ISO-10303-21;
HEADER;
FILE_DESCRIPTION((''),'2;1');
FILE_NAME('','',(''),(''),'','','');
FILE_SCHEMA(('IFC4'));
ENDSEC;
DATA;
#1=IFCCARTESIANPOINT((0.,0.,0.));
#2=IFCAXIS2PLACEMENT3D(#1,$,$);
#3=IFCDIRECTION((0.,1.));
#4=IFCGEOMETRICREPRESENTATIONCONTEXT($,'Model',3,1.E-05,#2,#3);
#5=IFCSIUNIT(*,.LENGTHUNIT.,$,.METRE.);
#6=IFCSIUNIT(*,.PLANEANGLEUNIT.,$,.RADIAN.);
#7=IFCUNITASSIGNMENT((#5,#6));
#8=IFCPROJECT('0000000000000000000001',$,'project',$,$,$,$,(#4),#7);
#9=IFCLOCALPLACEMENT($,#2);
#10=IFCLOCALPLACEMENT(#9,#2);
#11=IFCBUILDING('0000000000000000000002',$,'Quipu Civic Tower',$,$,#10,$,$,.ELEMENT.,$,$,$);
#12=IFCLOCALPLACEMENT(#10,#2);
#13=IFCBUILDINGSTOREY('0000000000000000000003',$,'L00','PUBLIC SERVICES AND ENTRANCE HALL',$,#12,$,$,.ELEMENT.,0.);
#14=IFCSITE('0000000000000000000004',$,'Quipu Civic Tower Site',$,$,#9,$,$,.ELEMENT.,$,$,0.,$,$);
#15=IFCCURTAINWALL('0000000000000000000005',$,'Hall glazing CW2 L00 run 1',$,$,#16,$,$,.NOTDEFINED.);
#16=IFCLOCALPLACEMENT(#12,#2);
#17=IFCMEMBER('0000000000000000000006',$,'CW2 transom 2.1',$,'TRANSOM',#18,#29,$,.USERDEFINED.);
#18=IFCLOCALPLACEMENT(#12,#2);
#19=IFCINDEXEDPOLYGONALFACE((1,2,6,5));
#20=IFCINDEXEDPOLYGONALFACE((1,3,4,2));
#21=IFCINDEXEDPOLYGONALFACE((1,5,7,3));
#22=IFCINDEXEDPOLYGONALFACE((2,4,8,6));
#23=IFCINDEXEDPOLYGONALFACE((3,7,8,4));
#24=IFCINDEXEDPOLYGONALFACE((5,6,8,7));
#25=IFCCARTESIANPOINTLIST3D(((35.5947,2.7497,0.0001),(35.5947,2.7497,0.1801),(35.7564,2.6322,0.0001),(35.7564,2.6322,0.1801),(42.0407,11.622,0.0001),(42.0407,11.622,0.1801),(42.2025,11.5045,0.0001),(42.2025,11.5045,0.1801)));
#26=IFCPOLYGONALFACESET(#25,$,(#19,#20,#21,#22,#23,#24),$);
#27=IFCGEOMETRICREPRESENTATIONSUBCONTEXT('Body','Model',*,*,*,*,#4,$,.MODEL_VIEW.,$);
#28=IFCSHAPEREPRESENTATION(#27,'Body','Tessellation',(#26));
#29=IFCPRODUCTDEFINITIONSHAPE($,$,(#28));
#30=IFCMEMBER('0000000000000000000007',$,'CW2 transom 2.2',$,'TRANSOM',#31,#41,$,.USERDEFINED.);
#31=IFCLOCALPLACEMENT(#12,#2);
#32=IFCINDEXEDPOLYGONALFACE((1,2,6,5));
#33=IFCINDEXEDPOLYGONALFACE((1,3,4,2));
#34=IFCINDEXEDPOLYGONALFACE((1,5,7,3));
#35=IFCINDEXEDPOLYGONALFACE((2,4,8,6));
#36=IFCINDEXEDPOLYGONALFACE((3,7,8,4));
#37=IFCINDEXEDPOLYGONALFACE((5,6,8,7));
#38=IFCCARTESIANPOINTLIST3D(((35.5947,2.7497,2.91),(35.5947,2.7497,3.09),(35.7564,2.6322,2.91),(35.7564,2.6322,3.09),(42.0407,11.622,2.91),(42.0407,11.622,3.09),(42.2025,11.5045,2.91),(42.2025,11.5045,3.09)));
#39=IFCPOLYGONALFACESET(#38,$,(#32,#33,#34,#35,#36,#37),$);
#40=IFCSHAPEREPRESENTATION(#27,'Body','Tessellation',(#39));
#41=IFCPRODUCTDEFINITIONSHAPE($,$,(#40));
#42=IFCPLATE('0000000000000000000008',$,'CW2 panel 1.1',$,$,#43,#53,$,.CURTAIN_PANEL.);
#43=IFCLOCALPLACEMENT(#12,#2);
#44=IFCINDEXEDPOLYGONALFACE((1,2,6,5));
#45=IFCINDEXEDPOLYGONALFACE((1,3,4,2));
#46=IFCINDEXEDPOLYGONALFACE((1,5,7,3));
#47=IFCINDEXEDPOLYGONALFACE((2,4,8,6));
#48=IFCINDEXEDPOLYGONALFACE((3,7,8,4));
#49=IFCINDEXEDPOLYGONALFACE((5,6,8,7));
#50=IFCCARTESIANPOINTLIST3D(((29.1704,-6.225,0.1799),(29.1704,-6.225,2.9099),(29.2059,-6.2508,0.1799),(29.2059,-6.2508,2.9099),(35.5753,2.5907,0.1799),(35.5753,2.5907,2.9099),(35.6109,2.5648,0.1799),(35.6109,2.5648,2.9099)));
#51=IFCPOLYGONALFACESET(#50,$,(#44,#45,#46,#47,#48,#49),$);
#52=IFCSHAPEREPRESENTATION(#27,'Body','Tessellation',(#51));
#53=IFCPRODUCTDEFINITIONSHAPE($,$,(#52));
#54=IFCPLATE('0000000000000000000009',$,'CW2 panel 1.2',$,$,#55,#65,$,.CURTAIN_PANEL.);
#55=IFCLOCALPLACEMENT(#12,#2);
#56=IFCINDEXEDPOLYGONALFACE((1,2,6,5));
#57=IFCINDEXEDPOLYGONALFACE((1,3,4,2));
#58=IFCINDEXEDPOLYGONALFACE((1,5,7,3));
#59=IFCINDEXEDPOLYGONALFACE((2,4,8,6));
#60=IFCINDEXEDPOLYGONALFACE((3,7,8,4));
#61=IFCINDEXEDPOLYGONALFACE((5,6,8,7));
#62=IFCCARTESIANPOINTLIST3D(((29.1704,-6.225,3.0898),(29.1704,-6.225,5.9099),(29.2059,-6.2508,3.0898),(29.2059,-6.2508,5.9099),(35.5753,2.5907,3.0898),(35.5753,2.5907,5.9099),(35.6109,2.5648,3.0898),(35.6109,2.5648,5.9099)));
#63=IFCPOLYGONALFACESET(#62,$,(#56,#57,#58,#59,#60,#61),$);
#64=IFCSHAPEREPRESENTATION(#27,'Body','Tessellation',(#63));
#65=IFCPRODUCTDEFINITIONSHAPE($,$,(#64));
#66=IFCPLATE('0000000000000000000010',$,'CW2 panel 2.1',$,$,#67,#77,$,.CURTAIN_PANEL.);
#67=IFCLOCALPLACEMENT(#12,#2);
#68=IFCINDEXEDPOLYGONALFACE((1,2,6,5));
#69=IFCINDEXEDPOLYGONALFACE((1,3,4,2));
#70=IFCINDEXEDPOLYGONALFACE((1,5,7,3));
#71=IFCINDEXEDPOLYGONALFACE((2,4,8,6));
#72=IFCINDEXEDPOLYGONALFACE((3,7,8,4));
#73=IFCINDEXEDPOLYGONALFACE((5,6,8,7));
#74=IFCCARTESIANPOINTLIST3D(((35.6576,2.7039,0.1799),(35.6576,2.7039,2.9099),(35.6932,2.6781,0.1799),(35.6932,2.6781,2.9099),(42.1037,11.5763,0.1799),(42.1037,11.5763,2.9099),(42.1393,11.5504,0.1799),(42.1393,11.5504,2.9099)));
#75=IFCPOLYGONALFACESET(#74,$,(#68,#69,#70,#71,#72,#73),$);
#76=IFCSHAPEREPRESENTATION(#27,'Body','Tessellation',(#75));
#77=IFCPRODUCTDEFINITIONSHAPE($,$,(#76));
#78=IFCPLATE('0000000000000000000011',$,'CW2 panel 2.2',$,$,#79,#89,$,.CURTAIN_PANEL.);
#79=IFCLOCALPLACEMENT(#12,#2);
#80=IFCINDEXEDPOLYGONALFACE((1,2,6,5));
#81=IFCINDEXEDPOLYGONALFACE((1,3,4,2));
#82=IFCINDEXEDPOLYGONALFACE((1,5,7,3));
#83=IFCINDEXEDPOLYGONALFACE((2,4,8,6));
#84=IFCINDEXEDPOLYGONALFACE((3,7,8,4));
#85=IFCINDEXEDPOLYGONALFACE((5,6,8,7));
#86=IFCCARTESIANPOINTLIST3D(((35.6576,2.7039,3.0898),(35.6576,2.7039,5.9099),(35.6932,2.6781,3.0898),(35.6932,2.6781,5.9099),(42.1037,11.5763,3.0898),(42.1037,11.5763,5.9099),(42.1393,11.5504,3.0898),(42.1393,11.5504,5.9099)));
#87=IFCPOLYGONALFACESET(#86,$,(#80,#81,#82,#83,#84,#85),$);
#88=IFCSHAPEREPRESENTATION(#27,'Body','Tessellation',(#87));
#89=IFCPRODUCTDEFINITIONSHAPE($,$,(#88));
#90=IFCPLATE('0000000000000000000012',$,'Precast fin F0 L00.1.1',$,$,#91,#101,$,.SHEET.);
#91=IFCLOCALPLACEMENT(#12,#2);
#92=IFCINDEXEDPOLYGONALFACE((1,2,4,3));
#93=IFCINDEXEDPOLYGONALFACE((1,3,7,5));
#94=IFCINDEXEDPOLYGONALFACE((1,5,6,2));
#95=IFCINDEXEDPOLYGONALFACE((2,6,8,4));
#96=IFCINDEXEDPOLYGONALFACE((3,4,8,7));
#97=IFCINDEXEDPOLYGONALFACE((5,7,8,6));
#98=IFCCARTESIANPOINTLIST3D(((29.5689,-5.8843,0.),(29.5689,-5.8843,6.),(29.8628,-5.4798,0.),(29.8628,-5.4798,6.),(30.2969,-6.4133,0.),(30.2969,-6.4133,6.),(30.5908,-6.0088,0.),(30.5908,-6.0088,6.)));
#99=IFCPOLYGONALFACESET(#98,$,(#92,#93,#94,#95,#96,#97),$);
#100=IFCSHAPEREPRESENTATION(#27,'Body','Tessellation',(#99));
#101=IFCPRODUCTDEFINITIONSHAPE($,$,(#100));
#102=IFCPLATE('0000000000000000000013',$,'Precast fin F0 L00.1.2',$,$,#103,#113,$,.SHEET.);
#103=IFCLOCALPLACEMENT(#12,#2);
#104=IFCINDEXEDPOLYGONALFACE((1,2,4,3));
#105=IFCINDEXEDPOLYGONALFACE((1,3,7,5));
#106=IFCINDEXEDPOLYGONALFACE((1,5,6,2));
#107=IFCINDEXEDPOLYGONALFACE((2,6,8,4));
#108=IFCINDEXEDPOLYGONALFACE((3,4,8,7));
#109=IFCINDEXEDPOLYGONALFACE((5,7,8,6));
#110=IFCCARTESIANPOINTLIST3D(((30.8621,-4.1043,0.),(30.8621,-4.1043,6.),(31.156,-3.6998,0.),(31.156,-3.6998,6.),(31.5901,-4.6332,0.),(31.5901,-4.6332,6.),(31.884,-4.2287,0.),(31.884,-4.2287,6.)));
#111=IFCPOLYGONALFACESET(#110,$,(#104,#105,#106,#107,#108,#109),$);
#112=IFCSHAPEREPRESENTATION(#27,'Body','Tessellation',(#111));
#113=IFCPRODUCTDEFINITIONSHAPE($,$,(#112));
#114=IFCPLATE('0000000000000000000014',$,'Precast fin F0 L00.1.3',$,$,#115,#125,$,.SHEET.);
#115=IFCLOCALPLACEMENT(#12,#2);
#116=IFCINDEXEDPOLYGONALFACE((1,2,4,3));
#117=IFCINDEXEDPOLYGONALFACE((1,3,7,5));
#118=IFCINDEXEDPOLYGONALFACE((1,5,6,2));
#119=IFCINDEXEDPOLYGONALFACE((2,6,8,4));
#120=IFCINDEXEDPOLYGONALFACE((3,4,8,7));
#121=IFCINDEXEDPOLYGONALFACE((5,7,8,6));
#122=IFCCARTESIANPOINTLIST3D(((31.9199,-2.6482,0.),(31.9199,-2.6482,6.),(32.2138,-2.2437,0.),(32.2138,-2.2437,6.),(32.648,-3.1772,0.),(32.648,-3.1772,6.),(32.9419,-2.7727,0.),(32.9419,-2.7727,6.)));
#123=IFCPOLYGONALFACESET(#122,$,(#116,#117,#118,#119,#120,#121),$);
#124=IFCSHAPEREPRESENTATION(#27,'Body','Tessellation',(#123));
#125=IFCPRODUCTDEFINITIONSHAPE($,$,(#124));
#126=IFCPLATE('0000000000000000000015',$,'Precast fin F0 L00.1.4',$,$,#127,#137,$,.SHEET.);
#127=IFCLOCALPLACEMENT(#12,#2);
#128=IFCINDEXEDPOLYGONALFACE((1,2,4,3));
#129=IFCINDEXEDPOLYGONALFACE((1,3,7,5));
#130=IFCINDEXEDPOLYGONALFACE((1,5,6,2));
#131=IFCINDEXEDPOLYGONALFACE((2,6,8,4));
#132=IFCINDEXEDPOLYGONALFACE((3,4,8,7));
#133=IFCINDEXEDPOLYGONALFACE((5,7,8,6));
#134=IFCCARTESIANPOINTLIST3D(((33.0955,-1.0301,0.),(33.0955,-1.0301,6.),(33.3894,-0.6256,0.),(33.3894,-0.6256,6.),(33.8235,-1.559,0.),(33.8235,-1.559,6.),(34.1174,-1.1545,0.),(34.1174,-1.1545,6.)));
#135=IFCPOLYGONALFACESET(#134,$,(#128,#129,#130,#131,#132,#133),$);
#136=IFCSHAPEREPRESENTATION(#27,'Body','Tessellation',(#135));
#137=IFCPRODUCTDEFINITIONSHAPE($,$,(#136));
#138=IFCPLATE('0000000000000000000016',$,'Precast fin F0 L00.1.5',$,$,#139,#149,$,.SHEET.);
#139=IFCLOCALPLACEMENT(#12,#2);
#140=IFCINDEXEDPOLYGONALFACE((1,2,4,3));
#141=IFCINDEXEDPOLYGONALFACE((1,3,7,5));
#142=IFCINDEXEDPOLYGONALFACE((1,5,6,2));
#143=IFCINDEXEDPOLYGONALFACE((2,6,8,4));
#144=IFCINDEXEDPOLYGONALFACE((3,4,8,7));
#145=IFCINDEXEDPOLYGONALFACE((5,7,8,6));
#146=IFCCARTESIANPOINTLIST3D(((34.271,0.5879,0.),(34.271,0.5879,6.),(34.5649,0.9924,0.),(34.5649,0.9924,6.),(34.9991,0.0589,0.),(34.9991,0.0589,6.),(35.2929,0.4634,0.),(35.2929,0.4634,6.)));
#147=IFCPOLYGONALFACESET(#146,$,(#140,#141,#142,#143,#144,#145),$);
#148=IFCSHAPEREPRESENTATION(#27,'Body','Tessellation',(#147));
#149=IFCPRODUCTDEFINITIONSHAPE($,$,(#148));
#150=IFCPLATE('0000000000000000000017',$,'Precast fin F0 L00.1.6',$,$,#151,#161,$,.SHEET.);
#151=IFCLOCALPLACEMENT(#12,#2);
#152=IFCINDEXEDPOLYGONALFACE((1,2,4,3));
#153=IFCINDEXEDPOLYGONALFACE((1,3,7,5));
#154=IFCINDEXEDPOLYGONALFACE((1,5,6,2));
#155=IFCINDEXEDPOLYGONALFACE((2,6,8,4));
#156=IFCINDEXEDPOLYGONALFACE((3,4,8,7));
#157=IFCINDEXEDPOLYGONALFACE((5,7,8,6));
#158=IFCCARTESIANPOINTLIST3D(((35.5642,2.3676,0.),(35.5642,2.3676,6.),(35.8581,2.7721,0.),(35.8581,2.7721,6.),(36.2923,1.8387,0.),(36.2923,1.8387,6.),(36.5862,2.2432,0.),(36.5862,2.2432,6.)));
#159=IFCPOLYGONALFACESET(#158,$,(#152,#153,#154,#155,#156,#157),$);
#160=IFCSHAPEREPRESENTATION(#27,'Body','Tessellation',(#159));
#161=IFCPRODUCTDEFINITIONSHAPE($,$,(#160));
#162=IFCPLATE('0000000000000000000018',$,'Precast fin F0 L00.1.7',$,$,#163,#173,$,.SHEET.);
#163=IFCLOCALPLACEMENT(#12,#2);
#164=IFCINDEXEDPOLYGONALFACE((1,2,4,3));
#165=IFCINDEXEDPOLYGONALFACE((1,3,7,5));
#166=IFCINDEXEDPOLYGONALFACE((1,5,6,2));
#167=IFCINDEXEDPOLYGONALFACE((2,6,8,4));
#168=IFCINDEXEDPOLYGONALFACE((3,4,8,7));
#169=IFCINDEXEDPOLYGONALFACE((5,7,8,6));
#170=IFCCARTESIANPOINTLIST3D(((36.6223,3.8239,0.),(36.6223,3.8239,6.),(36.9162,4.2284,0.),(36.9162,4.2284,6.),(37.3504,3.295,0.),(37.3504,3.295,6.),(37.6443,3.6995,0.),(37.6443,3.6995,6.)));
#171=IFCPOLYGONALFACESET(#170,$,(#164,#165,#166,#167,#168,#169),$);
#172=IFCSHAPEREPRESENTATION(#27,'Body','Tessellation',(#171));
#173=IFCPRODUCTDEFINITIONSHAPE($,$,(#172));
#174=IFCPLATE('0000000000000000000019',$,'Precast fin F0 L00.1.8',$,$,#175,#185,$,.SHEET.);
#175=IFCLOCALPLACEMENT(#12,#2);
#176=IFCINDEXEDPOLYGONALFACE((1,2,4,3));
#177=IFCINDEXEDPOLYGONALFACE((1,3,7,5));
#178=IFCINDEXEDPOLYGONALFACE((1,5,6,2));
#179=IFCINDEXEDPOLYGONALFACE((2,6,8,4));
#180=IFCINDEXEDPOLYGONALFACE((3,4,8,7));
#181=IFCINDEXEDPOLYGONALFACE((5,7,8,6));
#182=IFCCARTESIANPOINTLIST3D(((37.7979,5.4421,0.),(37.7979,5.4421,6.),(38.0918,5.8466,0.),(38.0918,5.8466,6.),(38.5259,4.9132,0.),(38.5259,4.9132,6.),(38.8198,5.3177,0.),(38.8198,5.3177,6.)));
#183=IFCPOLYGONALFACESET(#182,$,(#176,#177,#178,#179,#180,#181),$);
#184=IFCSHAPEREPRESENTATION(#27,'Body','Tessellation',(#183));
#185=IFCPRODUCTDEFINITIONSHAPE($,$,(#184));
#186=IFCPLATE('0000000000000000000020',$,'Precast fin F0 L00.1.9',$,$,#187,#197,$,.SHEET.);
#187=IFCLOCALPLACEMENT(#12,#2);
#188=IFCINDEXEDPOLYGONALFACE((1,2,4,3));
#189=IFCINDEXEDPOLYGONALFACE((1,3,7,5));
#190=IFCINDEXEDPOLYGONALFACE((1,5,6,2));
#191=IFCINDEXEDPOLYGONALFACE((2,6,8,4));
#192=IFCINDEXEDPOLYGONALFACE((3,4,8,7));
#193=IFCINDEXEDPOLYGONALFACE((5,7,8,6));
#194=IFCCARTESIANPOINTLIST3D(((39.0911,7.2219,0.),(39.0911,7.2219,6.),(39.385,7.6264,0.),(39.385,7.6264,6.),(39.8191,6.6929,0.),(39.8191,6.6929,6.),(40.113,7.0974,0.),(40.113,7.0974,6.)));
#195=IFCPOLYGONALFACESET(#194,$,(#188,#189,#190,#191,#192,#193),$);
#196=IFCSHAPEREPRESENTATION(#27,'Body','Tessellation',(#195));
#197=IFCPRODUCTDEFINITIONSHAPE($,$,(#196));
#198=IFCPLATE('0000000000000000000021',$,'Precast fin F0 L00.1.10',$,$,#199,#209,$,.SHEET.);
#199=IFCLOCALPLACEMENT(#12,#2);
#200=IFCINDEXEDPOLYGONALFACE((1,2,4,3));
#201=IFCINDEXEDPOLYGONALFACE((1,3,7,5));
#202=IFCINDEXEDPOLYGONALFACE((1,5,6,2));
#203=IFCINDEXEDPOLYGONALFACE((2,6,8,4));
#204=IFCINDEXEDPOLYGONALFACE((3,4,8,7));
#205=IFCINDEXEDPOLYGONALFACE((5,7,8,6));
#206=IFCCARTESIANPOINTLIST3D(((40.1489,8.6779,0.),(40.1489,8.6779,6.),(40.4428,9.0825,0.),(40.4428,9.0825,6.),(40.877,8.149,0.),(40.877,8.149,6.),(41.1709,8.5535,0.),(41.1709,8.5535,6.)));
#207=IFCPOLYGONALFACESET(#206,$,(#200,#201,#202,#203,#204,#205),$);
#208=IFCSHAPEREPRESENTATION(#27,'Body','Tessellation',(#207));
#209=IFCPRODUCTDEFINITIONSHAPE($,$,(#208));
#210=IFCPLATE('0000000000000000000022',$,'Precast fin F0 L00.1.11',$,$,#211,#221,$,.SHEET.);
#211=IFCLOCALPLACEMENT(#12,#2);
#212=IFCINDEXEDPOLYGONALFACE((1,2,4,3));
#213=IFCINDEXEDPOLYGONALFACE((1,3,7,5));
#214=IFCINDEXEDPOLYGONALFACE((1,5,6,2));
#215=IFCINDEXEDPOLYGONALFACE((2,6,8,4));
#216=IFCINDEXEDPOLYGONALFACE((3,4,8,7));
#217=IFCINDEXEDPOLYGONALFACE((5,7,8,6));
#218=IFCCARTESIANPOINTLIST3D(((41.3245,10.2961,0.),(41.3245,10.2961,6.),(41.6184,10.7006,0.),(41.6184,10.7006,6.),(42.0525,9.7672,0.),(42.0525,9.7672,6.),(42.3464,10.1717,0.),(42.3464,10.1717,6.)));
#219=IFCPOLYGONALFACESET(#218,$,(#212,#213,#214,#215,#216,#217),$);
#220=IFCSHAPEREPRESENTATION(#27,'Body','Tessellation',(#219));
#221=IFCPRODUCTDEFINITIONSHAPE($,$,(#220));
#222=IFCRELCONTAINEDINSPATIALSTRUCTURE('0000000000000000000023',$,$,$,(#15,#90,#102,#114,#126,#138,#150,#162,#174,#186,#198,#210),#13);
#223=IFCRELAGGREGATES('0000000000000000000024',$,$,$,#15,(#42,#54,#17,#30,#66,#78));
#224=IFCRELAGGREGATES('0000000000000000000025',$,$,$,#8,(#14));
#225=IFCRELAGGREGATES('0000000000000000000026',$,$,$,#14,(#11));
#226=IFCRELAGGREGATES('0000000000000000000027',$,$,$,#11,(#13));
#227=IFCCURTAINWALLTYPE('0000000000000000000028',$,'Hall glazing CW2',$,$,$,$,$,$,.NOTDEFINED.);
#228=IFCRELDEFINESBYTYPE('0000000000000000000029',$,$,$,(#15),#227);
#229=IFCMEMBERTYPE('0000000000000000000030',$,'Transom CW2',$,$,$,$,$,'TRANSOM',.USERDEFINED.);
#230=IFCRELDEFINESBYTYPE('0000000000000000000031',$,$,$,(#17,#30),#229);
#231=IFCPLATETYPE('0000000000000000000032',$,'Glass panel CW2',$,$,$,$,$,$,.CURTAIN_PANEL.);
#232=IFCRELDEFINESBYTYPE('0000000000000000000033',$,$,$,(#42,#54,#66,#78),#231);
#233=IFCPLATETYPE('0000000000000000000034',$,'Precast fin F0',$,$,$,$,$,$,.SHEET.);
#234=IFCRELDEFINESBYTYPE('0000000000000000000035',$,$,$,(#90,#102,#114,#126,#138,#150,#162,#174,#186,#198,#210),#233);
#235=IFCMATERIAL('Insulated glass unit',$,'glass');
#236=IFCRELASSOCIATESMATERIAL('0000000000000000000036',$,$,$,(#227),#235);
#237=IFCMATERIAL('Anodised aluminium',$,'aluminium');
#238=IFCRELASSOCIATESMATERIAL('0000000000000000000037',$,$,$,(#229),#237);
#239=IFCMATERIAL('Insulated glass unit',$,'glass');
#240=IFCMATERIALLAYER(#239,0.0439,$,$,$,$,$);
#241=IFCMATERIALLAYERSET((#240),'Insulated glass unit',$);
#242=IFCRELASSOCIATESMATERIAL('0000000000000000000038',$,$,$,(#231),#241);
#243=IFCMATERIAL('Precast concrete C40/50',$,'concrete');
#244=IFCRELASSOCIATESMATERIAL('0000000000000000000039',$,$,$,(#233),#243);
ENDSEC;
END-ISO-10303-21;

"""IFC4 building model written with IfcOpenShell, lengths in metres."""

from ifc_helpers import new_model, si_unit, direction, frame, origin, origin_2d, place, context, subcontext, project, spatial, rectangle, extrude, material, layer, layer_set, material_profile, profile_set, type_object, element, aggregate, save


model = new_model("IFC4")

# Units and contexts
model_context = context("Model", 3, precision=1e-05, world=origin(), true_north=direction((0.0, 1.0)))
body_context = subcontext(model_context, "Body", "Model", "MODEL_VIEW")
ifc_project = project(units=[si_unit("LENGTHUNIT", "METRE"), si_unit("PLANEANGLEUNIT", "RADIAN")], contexts=[model_context])

# Site, building, storey
site_placement = place(None, origin())
site = spatial("IfcSite", under=ifc_project, at=site_placement, Name="Quipu Civic Tower Site", CompositionType="ELEMENT", RefElevation=0.0)
building_placement = place(site_placement, origin())
building = spatial("IfcBuilding", under=site, at=building_placement, Name="Quipu Civic Tower", CompositionType="ELEMENT")
storey_placement = place(building_placement, origin())
storey = spatial("IfcBuildingStorey", under=building, at=storey_placement, Name="L00", Description="PUBLIC SERVICES AND ENTRANCE HALL", CompositionType="ELEMENT", Elevation=0.0)

# Curtain wall
ifc_material_1 = material(Name="Insulated glass unit", Category="glass")
curtain_wall_type = type_object("IfcCurtainWallType", Name="Hall glazing CW2", PredefinedType="NOTDEFINED", material=ifc_material_1)
curtain_wall_placement = place(storey_placement, origin())
curtain_wall = element("IfcCurtainWall", 1, at=curtain_wall_placement, inside=storey, type_object=curtain_wall_type, Name="Hall glazing CW2 L00 run 1", PredefinedType="NOTDEFINED")

# Members
ifc_material_2 = material(Name="Anodised aluminium", Category="aluminium")
ifc_material_profile_1 = material_profile(ifc_material_2, rectangle(XDim=0.2, YDim=0.1799, at=origin_2d()), Name="RECT 200x180")
ifc_profile_set_1 = profile_set([ifc_material_profile_1], Name="Anodised aluminium")
member_type_1 = type_object("IfcMemberType", Name="Transom CW2", ElementType="TRANSOM", PredefinedType="USERDEFINED", material=ifc_profile_set_1)
member_1_placement = place(storey_placement, frame((35.6755, 2.6909, 0.0901), z_axis=(0.587781, 0.80902, 0.0), x_axis=(-0.80902, 0.587781, 0.0)))
member_1 = element("IfcMember", 2, at=member_1_placement, type_object=member_type_1, Name="CW2 transom 2.1", ObjectType="TRANSOM", PredefinedType="USERDEFINED", context=body_context, shape_type="SweptSolid", body=[
    extrude(rectangle(XDim=0.2, YDim=0.1799, at=origin_2d()), origin(), (0.0, 0.0, 1.0), 10.9668),
])
member_2_placement = place(storey_placement, frame((35.6755, 2.6909, 3.0), z_axis=(0.587781, 0.80902, 0.0), x_axis=(-0.80902, 0.587781, 0.0)))
member_2 = element("IfcMember", 3, at=member_2_placement, type_object=member_type_1, Name="CW2 transom 2.2", ObjectType="TRANSOM", PredefinedType="USERDEFINED", context=body_context, shape_type="SweptSolid", body=[
    extrude(rectangle(XDim=0.2, YDim=0.1799, at=origin_2d()), origin(), (0.0, 0.0, 1.0), 10.9668),
])

# Plates
ifc_material_3 = material(Name="Insulated glass unit", Category="glass")
ifc_layer_1 = layer(ifc_material_3, 0.0439)
ifc_layer_set_1 = layer_set([ifc_layer_1], Name="Insulated glass unit")
plate_type_1 = type_object("IfcPlateType", Name="Glass panel CW2", PredefinedType="CURTAIN_PANEL", material=ifc_layer_set_1)
plate_1_placement = place(storey_placement, frame((32.3906, -1.8301, 0.1799), z_axis=(0.0, 0.0, 1.0), x_axis=(0.587784, 0.809018, 0.0)))
plate_1 = element("IfcPlate", 4, at=plate_1_placement, type_object=plate_type_1, Name="CW2 panel 1.1", PredefinedType="CURTAIN_PANEL", context=body_context, shape_type="SweptSolid", body=[
    extrude(rectangle(XDim=10.8967, YDim=0.0439, at=origin_2d()), origin(), (0.0, 0.0, 1.0), 2.73),
])
plate_2_placement = place(storey_placement, frame((32.3906, -1.8301, 3.0898), z_axis=(0.0, 0.0, 1.0), x_axis=(0.587784, 0.809018, 0.0)))
plate_2 = element("IfcPlate", 5, at=plate_2_placement, type_object=plate_type_1, Name="CW2 panel 1.2", PredefinedType="CURTAIN_PANEL", context=body_context, shape_type="SweptSolid", body=[
    extrude(rectangle(XDim=10.8967, YDim=0.0439, at=origin_2d()), origin(), (0.0, 0.0, 1.0), 2.8201),
])
plate_3_placement = place(storey_placement, frame((38.8984, 7.1272, 0.1799), z_axis=(0.0, 0.0, 1.0), x_axis=(0.587784, 0.809018, 0.0)))
plate_3 = element("IfcPlate", 6, at=plate_3_placement, type_object=plate_type_1, Name="CW2 panel 2.1", PredefinedType="CURTAIN_PANEL", context=body_context, shape_type="SweptSolid", body=[
    extrude(rectangle(XDim=10.9668, YDim=0.0439, at=origin_2d()), origin(), (0.0, 0.0, 1.0), 2.73),
])
plate_4_placement = place(storey_placement, frame((38.8984, 7.1272, 3.0898), z_axis=(0.0, 0.0, 1.0), x_axis=(0.587784, 0.809018, 0.0)))
plate_4 = element("IfcPlate", 7, at=plate_4_placement, type_object=plate_type_1, Name="CW2 panel 2.2", PredefinedType="CURTAIN_PANEL", context=body_context, shape_type="SweptSolid", body=[
    extrude(rectangle(XDim=10.9668, YDim=0.0439, at=origin_2d()), origin(), (0.0, 0.0, 1.0), 2.8201),
])
aggregate(curtain_wall, [plate_1, plate_2, member_1, member_2, plate_3, plate_4])

# Plates
ifc_material_4 = material(Name="Precast concrete C40/50", Category="concrete")
plate_type_2 = type_object("IfcPlateType", Name="Precast fin F0", PredefinedType="SHEET", material=ifc_material_4)
for number, where, z_axis, x_axis, name in (
    (8, (30.0798, -5.9465, 0.0), (0.0, 0.0, 1.0), (0.587786, 0.809017, 0.0), "Precast fin F0 L00.1.1"),
    (9, (31.373, -4.1665, 0.0), (0.0, 0.0, 1.0), (0.587786, 0.809017, 0.0), "Precast fin F0 L00.1.2"),
    (10, (32.4309, -2.7104, 0.0), (0.0, 0.0, 1.0), (0.587786, 0.809017, 0.0), "Precast fin F0 L00.1.3"),
    (11, (33.6064, -1.0923, 0.0), (0.0, 0.0, 1.0), (0.587786, 0.809017, 0.0), "Precast fin F0 L00.1.4"),
    (12, (34.782, 0.5256, 0.0), (0.0, 0.0, 1.0), (0.587786, 0.809017, 0.0), "Precast fin F0 L00.1.5"),
    (13, (36.0752, 2.3054, 0.0), (0.0, 0.0, 1.0), (0.587786, 0.809017, 0.0), "Precast fin F0 L00.1.6"),
    (14, (37.1333, 3.7617, 0.0), (0.0, 0.0, 1.0), (0.587786, 0.809017, 0.0), "Precast fin F0 L00.1.7"),
    (15, (38.3088, 5.3799, 0.0), (0.0, 0.0, 1.0), (0.587786, 0.809017, 0.0), "Precast fin F0 L00.1.8"),
    (16, (39.6021, 7.1597, 0.0), (0.0, 0.0, 1.0), (0.587786, 0.809017, 0.0), "Precast fin F0 L00.1.9"),
    (17, (40.6599, 8.6157, 0.0), (0.0, 0.0, 1.0), (0.587786, 0.809017, 0.0), "Precast fin F0 L00.1.10"),
    (18, (41.8354, 10.2339, 0.0), (0.0, 0.0, 1.0), (0.587786, 0.809017, 0.0), "Precast fin F0 L00.1.11"),
):
    element("IfcPlate", number, at=place(storey_placement, frame(where, z_axis=z_axis, x_axis=x_axis)), inside=storey, type_object=plate_type_2, Name=name, PredefinedType="SHEET", context=body_context, shape_type="SweptSolid", body=[
        extrude(rectangle(XDim=0.5, YDim=0.8999, at=origin_2d()), origin(), (0.0, 0.0, 1.0), 6.0),
    ])

save(model, "model.ifc")
